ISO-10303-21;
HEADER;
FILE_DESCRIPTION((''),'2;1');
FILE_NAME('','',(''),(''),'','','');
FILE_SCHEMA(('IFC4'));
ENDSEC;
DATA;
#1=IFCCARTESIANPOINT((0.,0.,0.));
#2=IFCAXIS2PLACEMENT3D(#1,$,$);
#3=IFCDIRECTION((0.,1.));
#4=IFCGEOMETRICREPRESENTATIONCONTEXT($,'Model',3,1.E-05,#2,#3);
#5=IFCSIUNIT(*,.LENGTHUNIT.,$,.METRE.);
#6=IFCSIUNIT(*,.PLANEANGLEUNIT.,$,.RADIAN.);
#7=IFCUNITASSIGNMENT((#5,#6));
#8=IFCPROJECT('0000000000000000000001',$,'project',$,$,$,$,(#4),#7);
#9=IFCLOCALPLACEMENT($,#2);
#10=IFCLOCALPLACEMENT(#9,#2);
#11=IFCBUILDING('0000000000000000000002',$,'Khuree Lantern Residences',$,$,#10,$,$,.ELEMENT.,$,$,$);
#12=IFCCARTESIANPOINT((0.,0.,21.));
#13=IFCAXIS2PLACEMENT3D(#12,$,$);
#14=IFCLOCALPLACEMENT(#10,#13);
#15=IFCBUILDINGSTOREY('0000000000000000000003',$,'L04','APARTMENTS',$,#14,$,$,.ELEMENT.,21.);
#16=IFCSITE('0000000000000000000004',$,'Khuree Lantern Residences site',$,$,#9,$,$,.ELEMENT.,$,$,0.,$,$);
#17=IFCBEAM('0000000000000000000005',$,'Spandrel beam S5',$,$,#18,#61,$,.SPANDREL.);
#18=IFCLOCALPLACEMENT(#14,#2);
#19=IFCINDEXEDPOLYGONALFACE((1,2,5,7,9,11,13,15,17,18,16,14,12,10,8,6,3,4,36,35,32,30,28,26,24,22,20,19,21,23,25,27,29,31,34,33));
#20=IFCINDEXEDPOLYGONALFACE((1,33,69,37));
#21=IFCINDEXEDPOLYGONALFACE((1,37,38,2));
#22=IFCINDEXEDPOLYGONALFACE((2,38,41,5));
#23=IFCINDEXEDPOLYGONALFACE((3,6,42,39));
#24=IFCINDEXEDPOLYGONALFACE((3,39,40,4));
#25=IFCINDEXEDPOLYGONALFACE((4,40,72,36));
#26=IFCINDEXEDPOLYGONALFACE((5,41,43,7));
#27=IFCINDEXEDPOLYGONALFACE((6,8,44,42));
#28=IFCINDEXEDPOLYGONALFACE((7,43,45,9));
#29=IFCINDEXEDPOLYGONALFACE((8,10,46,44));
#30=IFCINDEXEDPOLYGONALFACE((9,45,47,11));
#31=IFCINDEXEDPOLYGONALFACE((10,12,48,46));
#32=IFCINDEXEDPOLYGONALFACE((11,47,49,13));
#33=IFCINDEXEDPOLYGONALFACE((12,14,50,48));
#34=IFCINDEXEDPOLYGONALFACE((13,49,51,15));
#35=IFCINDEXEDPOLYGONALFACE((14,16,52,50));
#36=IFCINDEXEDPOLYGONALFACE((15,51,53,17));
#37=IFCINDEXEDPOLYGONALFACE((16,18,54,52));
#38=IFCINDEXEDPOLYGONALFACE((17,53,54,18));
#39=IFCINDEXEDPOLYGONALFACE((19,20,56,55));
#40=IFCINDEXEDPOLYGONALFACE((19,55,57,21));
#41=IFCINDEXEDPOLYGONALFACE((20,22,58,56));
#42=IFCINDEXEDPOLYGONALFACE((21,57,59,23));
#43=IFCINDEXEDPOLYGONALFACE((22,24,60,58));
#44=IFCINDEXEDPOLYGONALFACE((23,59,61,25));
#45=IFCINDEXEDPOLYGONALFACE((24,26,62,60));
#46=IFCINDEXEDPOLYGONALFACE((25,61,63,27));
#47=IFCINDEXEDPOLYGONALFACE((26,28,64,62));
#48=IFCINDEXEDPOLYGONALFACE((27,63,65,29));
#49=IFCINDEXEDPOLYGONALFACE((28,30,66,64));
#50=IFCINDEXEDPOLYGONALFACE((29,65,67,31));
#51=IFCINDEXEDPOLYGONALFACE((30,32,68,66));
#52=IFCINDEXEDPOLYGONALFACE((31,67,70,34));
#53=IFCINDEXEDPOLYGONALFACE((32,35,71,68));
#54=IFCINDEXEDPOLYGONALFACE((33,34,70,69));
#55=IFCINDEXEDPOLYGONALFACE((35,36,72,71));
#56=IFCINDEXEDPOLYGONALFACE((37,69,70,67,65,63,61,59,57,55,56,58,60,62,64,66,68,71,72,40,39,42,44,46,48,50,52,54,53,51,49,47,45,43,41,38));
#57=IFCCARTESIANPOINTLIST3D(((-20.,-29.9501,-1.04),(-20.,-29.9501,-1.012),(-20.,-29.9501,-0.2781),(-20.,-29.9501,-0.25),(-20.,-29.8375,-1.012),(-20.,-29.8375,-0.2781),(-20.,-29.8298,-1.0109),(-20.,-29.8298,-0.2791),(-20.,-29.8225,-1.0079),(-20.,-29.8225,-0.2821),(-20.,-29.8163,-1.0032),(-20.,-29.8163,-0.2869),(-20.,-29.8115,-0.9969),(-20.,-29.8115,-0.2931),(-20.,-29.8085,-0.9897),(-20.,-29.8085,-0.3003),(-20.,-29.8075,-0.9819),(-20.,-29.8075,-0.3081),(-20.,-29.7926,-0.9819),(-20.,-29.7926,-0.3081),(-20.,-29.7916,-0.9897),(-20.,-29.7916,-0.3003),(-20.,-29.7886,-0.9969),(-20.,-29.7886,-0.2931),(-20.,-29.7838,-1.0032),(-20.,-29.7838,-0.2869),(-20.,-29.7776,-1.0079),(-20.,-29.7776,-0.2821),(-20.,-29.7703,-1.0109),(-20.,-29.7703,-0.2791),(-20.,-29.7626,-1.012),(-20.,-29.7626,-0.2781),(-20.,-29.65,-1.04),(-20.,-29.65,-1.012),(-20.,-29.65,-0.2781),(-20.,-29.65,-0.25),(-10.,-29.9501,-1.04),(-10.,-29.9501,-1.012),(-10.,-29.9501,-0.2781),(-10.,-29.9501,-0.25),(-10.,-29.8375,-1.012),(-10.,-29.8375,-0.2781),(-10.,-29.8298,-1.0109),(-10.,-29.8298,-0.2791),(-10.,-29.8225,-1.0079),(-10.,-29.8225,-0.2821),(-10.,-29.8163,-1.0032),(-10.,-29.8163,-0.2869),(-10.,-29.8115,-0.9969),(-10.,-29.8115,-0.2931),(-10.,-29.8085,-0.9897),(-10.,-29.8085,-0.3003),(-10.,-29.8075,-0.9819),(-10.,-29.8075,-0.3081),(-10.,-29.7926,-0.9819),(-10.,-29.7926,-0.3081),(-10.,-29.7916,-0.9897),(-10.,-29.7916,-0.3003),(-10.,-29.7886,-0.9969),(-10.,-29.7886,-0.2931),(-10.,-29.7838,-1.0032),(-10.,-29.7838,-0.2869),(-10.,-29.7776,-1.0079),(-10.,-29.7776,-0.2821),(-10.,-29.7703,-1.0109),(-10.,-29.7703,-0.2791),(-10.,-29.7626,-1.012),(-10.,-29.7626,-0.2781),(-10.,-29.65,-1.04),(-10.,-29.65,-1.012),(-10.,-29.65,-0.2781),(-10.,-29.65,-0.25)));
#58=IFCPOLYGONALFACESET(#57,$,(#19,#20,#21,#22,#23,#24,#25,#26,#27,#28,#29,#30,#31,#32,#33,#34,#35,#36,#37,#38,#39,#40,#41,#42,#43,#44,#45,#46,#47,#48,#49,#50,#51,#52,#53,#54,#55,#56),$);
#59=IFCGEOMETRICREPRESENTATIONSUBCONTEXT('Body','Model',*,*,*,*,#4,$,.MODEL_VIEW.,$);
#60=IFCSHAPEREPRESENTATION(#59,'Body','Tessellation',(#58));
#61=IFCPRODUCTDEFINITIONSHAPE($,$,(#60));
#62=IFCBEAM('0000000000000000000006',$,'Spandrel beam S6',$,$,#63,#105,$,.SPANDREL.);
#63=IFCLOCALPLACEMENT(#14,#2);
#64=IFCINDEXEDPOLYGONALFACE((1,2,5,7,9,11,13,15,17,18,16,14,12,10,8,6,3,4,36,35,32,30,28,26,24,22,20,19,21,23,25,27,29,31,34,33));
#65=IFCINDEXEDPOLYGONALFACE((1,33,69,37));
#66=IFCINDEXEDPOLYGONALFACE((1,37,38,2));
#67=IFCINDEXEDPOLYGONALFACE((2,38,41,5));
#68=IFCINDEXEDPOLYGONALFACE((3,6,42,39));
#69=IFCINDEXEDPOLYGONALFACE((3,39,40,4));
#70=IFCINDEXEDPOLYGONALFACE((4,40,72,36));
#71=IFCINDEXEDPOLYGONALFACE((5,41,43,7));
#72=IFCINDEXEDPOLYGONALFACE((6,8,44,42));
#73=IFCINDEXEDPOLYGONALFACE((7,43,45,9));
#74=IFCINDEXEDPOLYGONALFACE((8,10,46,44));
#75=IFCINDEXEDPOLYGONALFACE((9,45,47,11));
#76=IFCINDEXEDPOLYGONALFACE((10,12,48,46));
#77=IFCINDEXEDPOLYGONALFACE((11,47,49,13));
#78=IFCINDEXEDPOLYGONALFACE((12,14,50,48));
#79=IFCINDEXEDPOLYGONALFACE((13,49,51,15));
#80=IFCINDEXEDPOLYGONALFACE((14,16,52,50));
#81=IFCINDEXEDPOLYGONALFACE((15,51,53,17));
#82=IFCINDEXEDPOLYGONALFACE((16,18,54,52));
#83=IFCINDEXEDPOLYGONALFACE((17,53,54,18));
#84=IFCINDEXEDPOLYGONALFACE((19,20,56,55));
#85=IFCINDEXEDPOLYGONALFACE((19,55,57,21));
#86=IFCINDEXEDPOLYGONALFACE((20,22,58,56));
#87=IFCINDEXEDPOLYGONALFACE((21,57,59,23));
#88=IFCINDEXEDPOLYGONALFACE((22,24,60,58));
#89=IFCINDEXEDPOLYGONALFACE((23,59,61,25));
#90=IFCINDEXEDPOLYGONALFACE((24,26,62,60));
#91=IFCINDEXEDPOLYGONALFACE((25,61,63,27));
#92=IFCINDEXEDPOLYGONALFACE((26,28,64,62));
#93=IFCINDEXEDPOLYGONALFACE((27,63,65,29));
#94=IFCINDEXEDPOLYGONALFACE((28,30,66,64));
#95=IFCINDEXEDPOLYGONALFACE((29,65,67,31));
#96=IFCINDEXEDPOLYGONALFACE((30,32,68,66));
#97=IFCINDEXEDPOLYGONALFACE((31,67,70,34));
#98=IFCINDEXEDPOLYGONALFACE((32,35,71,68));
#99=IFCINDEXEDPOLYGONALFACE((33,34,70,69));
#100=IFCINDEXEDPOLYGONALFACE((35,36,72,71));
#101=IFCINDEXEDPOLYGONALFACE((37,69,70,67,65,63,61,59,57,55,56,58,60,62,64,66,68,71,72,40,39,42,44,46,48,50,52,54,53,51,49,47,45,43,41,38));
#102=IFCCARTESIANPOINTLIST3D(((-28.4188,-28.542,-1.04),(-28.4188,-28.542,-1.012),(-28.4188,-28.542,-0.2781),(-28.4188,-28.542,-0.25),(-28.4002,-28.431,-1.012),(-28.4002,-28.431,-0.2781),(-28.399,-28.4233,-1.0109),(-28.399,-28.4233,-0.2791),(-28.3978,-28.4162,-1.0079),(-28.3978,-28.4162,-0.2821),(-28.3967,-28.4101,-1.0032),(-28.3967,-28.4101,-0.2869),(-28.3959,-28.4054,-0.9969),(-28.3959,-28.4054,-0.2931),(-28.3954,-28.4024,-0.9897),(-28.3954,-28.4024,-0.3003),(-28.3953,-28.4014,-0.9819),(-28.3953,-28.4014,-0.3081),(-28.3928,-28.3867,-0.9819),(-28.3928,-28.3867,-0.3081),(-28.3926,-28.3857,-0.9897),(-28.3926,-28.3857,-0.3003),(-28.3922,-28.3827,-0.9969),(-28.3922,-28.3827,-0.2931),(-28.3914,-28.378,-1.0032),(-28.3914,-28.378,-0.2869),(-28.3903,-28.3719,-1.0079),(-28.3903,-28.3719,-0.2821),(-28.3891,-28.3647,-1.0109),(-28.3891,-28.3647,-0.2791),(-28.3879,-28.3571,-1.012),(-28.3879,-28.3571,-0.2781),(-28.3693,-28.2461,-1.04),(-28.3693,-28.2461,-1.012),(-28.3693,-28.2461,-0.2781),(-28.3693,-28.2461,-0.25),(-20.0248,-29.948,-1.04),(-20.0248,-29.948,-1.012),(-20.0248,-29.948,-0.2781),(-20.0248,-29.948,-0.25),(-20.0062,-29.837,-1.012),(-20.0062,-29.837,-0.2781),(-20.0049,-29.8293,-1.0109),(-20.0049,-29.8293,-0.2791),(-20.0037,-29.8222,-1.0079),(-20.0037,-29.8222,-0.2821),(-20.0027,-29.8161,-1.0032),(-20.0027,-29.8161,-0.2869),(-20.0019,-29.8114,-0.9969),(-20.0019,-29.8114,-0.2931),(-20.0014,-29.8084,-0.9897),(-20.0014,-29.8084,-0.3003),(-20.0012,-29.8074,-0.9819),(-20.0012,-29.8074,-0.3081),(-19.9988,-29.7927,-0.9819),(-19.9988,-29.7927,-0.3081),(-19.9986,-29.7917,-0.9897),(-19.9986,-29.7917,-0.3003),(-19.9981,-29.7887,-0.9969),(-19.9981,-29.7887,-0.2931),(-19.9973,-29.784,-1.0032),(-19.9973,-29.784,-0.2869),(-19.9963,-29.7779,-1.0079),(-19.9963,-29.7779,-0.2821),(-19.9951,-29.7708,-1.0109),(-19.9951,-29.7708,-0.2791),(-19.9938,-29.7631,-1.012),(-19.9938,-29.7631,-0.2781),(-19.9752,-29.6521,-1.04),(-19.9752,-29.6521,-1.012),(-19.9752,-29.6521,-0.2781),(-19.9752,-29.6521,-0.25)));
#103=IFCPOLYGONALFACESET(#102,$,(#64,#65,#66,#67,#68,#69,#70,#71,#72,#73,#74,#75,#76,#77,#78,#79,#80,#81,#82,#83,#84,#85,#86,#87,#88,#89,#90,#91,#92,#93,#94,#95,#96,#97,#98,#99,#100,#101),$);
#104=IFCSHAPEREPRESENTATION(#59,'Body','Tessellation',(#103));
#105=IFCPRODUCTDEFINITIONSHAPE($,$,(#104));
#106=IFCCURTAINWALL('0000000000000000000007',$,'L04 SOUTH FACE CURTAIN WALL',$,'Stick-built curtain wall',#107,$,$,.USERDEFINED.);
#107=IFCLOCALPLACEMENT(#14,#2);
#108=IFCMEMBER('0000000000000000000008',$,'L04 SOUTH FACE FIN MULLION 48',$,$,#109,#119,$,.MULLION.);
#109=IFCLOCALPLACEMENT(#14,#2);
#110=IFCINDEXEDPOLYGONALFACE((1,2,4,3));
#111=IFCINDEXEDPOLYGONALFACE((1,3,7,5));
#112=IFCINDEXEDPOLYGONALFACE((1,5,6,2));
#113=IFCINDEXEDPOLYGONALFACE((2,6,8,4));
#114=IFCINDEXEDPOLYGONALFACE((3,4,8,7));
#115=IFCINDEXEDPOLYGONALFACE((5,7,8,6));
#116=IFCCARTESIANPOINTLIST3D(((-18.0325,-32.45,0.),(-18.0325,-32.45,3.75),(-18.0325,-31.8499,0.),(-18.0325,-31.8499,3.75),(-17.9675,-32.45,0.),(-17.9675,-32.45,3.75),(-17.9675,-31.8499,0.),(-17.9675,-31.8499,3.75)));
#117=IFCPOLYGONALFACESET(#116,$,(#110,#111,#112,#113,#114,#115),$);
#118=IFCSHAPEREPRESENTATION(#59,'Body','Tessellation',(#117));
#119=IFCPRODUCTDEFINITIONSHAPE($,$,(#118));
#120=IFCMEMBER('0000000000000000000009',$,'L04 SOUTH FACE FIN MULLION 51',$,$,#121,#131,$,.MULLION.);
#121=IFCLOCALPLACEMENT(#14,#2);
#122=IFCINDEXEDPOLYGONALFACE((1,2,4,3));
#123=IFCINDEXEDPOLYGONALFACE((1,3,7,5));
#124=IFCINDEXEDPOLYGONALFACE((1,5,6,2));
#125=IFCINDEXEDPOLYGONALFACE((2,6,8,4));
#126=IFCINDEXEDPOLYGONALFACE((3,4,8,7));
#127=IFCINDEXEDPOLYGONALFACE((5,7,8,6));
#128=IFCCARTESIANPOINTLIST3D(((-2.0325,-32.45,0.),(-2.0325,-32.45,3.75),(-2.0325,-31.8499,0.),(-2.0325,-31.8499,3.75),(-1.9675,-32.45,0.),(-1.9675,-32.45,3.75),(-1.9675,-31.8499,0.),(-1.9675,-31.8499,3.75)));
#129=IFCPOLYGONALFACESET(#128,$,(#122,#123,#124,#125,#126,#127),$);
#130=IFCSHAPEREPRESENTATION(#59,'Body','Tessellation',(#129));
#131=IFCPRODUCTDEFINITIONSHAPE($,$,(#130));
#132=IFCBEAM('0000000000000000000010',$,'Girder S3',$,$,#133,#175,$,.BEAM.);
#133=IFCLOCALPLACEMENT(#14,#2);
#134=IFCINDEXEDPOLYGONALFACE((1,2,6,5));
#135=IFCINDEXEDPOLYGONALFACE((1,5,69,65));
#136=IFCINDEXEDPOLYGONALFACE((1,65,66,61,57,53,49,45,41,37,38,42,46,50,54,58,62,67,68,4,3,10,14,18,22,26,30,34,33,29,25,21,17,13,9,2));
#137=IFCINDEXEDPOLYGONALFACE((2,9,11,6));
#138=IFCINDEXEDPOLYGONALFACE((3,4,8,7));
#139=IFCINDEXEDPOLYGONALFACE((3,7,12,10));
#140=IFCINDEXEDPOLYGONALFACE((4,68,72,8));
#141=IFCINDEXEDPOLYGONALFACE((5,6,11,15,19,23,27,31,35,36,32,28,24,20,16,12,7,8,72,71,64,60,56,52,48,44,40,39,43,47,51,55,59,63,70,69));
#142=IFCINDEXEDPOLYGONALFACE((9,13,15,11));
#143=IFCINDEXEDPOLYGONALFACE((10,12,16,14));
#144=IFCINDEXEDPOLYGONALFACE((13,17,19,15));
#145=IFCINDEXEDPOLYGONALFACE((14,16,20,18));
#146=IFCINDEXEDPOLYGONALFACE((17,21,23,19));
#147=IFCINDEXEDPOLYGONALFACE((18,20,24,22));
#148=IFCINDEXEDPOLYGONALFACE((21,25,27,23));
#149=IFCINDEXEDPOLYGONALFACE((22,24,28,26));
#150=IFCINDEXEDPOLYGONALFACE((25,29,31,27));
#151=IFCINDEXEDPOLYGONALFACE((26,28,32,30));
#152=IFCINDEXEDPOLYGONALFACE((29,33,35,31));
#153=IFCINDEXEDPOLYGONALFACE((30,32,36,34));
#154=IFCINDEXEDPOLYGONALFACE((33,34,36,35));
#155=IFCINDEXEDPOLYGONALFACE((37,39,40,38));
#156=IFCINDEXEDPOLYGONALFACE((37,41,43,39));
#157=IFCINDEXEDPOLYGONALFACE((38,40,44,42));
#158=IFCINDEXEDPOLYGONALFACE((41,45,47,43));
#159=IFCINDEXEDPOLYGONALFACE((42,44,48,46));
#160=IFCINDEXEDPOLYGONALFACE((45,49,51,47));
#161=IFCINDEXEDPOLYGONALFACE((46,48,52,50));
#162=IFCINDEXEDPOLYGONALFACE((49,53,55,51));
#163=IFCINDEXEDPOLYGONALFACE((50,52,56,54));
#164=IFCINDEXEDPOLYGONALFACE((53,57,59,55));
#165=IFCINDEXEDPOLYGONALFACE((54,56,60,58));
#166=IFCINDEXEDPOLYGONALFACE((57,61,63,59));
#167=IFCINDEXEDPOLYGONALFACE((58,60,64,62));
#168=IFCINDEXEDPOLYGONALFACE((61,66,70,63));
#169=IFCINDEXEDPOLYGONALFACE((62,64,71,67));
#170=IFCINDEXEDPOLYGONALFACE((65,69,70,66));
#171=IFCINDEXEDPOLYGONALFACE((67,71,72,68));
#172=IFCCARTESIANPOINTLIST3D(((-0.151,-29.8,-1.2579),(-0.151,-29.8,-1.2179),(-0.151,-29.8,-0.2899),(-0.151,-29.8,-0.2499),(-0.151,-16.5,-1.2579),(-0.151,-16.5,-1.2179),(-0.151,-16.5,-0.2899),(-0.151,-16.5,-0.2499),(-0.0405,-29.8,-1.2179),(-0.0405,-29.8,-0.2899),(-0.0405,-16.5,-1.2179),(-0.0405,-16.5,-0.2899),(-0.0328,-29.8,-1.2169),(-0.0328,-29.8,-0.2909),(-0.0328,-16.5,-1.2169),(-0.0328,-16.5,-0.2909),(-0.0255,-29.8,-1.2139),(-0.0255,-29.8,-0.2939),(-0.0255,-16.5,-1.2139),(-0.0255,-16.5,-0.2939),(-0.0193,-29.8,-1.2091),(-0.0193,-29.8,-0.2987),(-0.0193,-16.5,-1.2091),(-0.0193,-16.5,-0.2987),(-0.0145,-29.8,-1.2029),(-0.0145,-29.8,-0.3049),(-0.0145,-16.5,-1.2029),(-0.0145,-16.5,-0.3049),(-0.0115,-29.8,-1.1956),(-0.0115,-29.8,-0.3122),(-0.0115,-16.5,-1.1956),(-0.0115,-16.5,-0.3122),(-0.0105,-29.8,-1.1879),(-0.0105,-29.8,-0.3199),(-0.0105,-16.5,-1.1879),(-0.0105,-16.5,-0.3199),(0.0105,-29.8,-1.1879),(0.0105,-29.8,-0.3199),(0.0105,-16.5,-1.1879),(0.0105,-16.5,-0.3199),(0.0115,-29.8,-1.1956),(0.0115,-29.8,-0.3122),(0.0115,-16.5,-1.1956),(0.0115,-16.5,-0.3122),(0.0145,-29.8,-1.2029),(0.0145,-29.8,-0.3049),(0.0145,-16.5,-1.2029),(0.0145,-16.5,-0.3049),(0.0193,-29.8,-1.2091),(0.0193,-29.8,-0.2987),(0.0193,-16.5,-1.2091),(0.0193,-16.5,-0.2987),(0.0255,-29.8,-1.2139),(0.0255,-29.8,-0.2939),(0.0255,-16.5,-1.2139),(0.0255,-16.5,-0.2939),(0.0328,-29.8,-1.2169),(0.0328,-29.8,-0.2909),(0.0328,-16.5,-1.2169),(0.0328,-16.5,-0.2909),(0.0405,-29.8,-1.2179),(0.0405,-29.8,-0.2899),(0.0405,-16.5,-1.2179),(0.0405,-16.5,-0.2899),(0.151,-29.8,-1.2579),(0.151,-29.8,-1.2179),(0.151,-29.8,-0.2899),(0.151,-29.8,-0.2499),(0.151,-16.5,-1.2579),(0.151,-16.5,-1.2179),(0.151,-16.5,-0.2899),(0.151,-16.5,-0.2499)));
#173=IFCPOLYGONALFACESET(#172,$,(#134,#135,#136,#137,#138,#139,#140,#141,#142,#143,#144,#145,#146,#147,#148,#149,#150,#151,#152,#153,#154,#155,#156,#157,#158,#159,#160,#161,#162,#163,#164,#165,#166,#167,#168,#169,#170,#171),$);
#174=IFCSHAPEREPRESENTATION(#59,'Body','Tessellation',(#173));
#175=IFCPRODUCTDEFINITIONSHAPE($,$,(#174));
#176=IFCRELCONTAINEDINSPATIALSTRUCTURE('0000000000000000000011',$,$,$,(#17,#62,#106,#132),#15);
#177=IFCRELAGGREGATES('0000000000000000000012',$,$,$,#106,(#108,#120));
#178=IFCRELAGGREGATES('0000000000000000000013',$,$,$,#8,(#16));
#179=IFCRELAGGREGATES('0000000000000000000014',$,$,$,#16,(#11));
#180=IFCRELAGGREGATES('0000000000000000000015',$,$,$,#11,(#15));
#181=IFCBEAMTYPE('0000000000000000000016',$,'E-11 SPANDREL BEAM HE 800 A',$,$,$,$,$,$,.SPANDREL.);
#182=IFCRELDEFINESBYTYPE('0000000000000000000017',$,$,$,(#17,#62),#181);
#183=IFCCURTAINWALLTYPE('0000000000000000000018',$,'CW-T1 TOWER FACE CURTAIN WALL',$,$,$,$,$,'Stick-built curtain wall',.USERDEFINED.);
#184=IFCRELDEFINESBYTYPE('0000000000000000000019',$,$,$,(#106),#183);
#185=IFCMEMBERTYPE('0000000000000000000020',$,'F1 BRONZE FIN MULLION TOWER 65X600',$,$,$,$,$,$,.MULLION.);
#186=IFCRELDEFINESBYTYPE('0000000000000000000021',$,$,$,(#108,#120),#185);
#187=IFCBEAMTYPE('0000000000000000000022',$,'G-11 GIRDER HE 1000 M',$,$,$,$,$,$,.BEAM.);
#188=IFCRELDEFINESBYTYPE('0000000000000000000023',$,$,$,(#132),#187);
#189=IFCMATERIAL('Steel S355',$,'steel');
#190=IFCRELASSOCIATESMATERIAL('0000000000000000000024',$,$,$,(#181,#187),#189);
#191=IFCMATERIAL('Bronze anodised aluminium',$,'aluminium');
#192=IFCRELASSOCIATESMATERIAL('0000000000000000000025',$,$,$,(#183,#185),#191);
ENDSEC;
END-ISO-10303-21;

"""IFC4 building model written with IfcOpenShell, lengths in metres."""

from ifc_helpers import new_model, si_unit, direction, frame, origin, origin_2d, place, context, subcontext, project, spatial, rectangle, i_section, extrude, material, material_profile, profile_set, type_object, element, aggregate, save


model = new_model("IFC4")

# Units and contexts
model_context = context("Model", 3, precision=1e-05, world=origin(), true_north=direction((0.0, 1.0)))
body_context = subcontext(model_context, "Body", "Model", "MODEL_VIEW")
ifc_project = project(units=[si_unit("LENGTHUNIT", "METRE"), si_unit("PLANEANGLEUNIT", "RADIAN")], contexts=[model_context])

# Site, building, storey
site_placement = place(None, origin())
site = spatial("IfcSite", under=ifc_project, at=site_placement, Name="Khuree Lantern Residences site", CompositionType="ELEMENT", RefElevation=0.0)
building_placement = place(site_placement, origin())
building = spatial("IfcBuilding", under=site, at=building_placement, Name="Khuree Lantern Residences", CompositionType="ELEMENT")
storey_placement = place(building_placement, frame((0.0, 0.0, 21.0)))
storey = spatial("IfcBuildingStorey", under=building, at=storey_placement, Name="L04", Description="APARTMENTS", CompositionType="ELEMENT", Elevation=21.0)

# Beams
ifc_material_1 = material(Name="Steel S355", Category="steel")
ifc_material_profile_1 = material_profile(ifc_material_1, i_section(OverallWidth=0.3, OverallDepth=0.79, WebThickness=0.0149, FlangeThickness=0.0281, FilletRadius=0.03, at=origin_2d()), Name="HE 800 A")
ifc_profile_set_1 = profile_set([ifc_material_profile_1], Name="Steel S355")
beam_type_1 = type_object("IfcBeamType", Name="E-11 SPANDREL BEAM HE 800 A", PredefinedType="SPANDREL", material=ifc_profile_set_1)
for number, where, z_axis, x_axis, name in (
    (1, (-10.0, -29.8, -0.645), (-1.0, 0.0, 0.0), (0.0, -1.0, 0.0), "Spandrel beam S5"),
):
    element("IfcBeam", number, at=place(storey_placement, frame(where, z_axis=z_axis, x_axis=x_axis)), inside=storey, type_object=beam_type_1, Name=name, PredefinedType="SPANDREL", context=body_context, shape_type="SweptSolid", body=[
        extrude(i_section(OverallWidth=0.3, OverallDepth=0.79, WebThickness=0.0149, FlangeThickness=0.0281, FilletRadius=0.03, at=origin_2d()), origin(), (0.0, 0.0, 1.0), 10.0),
    ])
beam_placement = place(storey_placement, frame((-20.0, -29.8, -0.645), z_axis=(-0.98626, 0.165199, 0.0), x_axis=(-0.165199, -0.98626, 0.0)))
element("IfcBeam", 2, at=beam_placement, inside=storey, type_object=beam_type_1, Name="Spandrel beam S6", PredefinedType="SPANDREL", context=body_context, shape_type="SweptSolid", body=[
    extrude(i_section(OverallWidth=0.3, OverallDepth=0.79, WebThickness=0.0149, FlangeThickness=0.0281, FilletRadius=0.03, at=origin_2d()), origin(), (0.0, 0.0, 1.0), 8.511),
])

# Curtain wall, members
ifc_material_2 = material(Name="Bronze anodised aluminium", Category="aluminium")
curtain_wall_type = type_object("IfcCurtainWallType", Name="CW-T1 TOWER FACE CURTAIN WALL", ElementType="Stick-built curtain wall", PredefinedType="USERDEFINED", material=ifc_material_2)
curtain_wall_placement = place(storey_placement, origin())
curtain_wall = element("IfcCurtainWall", 3, at=curtain_wall_placement, inside=storey, type_object=curtain_wall_type, Name="L04 SOUTH FACE CURTAIN WALL", ObjectType="Stick-built curtain wall", PredefinedType="USERDEFINED")
ifc_material_profile_2 = material_profile(ifc_material_2, rectangle(XDim=0.0649, YDim=0.6001, at=origin_2d()), Name="F1 65X600")
ifc_profile_set_2 = profile_set([ifc_material_profile_2], Name="Bronze anodised aluminium")
member_type_1 = type_object("IfcMemberType", Name="F1 BRONZE FIN MULLION TOWER 65X600", PredefinedType="MULLION", material=ifc_profile_set_2)
member_1_placement = place(storey_placement, frame((-18.0, -32.1499, 0.0), z_axis=(0.0, 0.0, 1.0), x_axis=(1.0, 0.0, 0.0)))
member_1 = element("IfcMember", 4, at=member_1_placement, type_object=member_type_1, Name="L04 SOUTH FACE FIN MULLION 48", PredefinedType="MULLION", context=body_context, shape_type="SweptSolid", body=[
    extrude(rectangle(XDim=0.0649, YDim=0.6001, at=origin_2d()), origin(), (0.0, 0.0, 1.0), 3.75),
])
member_2_placement = place(storey_placement, frame((-2.0, -32.1499, 0.0), z_axis=(0.0, 0.0, 1.0), x_axis=(1.0, 0.0, 0.0)))
member_2 = element("IfcMember", 5, at=member_2_placement, type_object=member_type_1, Name="L04 SOUTH FACE FIN MULLION 51", PredefinedType="MULLION", context=body_context, shape_type="SweptSolid", body=[
    extrude(rectangle(XDim=0.0649, YDim=0.6001, at=origin_2d()), origin(), (0.0, 0.0, 1.0), 3.75),
])

# Beam
ifc_material_profile_3 = material_profile(ifc_material_1, i_section(OverallWidth=0.302, OverallDepth=1.0081, WebThickness=0.021, FlangeThickness=0.04, FilletRadius=0.03, at=origin_2d()), Name="HE 1000 M")
ifc_profile_set_3 = profile_set([ifc_material_profile_3], Name="Steel S355")
beam_type_2 = type_object("IfcBeamType", Name="G-11 GIRDER HE 1000 M", PredefinedType="BEAM", material=ifc_profile_set_3)
for number, where, z_axis, x_axis, name in (
    (6, (0.0, -29.8, -0.7539), (0.0, 1.0, 0.0), (-1.0, 0.0, 0.0), "Girder S3"),
):
    element("IfcBeam", number, at=place(storey_placement, frame(where, z_axis=z_axis, x_axis=x_axis)), inside=storey, type_object=beam_type_2, Name=name, PredefinedType="BEAM", context=body_context, shape_type="SweptSolid", body=[
        extrude(i_section(OverallWidth=0.302, OverallDepth=1.0081, WebThickness=0.021, FlangeThickness=0.04, FilletRadius=0.03, at=origin_2d()), origin(), (0.0, 0.0, 1.0), 13.3),
    ])

aggregate(curtain_wall, [member_1, member_2])

save(model, "model.ifc")
